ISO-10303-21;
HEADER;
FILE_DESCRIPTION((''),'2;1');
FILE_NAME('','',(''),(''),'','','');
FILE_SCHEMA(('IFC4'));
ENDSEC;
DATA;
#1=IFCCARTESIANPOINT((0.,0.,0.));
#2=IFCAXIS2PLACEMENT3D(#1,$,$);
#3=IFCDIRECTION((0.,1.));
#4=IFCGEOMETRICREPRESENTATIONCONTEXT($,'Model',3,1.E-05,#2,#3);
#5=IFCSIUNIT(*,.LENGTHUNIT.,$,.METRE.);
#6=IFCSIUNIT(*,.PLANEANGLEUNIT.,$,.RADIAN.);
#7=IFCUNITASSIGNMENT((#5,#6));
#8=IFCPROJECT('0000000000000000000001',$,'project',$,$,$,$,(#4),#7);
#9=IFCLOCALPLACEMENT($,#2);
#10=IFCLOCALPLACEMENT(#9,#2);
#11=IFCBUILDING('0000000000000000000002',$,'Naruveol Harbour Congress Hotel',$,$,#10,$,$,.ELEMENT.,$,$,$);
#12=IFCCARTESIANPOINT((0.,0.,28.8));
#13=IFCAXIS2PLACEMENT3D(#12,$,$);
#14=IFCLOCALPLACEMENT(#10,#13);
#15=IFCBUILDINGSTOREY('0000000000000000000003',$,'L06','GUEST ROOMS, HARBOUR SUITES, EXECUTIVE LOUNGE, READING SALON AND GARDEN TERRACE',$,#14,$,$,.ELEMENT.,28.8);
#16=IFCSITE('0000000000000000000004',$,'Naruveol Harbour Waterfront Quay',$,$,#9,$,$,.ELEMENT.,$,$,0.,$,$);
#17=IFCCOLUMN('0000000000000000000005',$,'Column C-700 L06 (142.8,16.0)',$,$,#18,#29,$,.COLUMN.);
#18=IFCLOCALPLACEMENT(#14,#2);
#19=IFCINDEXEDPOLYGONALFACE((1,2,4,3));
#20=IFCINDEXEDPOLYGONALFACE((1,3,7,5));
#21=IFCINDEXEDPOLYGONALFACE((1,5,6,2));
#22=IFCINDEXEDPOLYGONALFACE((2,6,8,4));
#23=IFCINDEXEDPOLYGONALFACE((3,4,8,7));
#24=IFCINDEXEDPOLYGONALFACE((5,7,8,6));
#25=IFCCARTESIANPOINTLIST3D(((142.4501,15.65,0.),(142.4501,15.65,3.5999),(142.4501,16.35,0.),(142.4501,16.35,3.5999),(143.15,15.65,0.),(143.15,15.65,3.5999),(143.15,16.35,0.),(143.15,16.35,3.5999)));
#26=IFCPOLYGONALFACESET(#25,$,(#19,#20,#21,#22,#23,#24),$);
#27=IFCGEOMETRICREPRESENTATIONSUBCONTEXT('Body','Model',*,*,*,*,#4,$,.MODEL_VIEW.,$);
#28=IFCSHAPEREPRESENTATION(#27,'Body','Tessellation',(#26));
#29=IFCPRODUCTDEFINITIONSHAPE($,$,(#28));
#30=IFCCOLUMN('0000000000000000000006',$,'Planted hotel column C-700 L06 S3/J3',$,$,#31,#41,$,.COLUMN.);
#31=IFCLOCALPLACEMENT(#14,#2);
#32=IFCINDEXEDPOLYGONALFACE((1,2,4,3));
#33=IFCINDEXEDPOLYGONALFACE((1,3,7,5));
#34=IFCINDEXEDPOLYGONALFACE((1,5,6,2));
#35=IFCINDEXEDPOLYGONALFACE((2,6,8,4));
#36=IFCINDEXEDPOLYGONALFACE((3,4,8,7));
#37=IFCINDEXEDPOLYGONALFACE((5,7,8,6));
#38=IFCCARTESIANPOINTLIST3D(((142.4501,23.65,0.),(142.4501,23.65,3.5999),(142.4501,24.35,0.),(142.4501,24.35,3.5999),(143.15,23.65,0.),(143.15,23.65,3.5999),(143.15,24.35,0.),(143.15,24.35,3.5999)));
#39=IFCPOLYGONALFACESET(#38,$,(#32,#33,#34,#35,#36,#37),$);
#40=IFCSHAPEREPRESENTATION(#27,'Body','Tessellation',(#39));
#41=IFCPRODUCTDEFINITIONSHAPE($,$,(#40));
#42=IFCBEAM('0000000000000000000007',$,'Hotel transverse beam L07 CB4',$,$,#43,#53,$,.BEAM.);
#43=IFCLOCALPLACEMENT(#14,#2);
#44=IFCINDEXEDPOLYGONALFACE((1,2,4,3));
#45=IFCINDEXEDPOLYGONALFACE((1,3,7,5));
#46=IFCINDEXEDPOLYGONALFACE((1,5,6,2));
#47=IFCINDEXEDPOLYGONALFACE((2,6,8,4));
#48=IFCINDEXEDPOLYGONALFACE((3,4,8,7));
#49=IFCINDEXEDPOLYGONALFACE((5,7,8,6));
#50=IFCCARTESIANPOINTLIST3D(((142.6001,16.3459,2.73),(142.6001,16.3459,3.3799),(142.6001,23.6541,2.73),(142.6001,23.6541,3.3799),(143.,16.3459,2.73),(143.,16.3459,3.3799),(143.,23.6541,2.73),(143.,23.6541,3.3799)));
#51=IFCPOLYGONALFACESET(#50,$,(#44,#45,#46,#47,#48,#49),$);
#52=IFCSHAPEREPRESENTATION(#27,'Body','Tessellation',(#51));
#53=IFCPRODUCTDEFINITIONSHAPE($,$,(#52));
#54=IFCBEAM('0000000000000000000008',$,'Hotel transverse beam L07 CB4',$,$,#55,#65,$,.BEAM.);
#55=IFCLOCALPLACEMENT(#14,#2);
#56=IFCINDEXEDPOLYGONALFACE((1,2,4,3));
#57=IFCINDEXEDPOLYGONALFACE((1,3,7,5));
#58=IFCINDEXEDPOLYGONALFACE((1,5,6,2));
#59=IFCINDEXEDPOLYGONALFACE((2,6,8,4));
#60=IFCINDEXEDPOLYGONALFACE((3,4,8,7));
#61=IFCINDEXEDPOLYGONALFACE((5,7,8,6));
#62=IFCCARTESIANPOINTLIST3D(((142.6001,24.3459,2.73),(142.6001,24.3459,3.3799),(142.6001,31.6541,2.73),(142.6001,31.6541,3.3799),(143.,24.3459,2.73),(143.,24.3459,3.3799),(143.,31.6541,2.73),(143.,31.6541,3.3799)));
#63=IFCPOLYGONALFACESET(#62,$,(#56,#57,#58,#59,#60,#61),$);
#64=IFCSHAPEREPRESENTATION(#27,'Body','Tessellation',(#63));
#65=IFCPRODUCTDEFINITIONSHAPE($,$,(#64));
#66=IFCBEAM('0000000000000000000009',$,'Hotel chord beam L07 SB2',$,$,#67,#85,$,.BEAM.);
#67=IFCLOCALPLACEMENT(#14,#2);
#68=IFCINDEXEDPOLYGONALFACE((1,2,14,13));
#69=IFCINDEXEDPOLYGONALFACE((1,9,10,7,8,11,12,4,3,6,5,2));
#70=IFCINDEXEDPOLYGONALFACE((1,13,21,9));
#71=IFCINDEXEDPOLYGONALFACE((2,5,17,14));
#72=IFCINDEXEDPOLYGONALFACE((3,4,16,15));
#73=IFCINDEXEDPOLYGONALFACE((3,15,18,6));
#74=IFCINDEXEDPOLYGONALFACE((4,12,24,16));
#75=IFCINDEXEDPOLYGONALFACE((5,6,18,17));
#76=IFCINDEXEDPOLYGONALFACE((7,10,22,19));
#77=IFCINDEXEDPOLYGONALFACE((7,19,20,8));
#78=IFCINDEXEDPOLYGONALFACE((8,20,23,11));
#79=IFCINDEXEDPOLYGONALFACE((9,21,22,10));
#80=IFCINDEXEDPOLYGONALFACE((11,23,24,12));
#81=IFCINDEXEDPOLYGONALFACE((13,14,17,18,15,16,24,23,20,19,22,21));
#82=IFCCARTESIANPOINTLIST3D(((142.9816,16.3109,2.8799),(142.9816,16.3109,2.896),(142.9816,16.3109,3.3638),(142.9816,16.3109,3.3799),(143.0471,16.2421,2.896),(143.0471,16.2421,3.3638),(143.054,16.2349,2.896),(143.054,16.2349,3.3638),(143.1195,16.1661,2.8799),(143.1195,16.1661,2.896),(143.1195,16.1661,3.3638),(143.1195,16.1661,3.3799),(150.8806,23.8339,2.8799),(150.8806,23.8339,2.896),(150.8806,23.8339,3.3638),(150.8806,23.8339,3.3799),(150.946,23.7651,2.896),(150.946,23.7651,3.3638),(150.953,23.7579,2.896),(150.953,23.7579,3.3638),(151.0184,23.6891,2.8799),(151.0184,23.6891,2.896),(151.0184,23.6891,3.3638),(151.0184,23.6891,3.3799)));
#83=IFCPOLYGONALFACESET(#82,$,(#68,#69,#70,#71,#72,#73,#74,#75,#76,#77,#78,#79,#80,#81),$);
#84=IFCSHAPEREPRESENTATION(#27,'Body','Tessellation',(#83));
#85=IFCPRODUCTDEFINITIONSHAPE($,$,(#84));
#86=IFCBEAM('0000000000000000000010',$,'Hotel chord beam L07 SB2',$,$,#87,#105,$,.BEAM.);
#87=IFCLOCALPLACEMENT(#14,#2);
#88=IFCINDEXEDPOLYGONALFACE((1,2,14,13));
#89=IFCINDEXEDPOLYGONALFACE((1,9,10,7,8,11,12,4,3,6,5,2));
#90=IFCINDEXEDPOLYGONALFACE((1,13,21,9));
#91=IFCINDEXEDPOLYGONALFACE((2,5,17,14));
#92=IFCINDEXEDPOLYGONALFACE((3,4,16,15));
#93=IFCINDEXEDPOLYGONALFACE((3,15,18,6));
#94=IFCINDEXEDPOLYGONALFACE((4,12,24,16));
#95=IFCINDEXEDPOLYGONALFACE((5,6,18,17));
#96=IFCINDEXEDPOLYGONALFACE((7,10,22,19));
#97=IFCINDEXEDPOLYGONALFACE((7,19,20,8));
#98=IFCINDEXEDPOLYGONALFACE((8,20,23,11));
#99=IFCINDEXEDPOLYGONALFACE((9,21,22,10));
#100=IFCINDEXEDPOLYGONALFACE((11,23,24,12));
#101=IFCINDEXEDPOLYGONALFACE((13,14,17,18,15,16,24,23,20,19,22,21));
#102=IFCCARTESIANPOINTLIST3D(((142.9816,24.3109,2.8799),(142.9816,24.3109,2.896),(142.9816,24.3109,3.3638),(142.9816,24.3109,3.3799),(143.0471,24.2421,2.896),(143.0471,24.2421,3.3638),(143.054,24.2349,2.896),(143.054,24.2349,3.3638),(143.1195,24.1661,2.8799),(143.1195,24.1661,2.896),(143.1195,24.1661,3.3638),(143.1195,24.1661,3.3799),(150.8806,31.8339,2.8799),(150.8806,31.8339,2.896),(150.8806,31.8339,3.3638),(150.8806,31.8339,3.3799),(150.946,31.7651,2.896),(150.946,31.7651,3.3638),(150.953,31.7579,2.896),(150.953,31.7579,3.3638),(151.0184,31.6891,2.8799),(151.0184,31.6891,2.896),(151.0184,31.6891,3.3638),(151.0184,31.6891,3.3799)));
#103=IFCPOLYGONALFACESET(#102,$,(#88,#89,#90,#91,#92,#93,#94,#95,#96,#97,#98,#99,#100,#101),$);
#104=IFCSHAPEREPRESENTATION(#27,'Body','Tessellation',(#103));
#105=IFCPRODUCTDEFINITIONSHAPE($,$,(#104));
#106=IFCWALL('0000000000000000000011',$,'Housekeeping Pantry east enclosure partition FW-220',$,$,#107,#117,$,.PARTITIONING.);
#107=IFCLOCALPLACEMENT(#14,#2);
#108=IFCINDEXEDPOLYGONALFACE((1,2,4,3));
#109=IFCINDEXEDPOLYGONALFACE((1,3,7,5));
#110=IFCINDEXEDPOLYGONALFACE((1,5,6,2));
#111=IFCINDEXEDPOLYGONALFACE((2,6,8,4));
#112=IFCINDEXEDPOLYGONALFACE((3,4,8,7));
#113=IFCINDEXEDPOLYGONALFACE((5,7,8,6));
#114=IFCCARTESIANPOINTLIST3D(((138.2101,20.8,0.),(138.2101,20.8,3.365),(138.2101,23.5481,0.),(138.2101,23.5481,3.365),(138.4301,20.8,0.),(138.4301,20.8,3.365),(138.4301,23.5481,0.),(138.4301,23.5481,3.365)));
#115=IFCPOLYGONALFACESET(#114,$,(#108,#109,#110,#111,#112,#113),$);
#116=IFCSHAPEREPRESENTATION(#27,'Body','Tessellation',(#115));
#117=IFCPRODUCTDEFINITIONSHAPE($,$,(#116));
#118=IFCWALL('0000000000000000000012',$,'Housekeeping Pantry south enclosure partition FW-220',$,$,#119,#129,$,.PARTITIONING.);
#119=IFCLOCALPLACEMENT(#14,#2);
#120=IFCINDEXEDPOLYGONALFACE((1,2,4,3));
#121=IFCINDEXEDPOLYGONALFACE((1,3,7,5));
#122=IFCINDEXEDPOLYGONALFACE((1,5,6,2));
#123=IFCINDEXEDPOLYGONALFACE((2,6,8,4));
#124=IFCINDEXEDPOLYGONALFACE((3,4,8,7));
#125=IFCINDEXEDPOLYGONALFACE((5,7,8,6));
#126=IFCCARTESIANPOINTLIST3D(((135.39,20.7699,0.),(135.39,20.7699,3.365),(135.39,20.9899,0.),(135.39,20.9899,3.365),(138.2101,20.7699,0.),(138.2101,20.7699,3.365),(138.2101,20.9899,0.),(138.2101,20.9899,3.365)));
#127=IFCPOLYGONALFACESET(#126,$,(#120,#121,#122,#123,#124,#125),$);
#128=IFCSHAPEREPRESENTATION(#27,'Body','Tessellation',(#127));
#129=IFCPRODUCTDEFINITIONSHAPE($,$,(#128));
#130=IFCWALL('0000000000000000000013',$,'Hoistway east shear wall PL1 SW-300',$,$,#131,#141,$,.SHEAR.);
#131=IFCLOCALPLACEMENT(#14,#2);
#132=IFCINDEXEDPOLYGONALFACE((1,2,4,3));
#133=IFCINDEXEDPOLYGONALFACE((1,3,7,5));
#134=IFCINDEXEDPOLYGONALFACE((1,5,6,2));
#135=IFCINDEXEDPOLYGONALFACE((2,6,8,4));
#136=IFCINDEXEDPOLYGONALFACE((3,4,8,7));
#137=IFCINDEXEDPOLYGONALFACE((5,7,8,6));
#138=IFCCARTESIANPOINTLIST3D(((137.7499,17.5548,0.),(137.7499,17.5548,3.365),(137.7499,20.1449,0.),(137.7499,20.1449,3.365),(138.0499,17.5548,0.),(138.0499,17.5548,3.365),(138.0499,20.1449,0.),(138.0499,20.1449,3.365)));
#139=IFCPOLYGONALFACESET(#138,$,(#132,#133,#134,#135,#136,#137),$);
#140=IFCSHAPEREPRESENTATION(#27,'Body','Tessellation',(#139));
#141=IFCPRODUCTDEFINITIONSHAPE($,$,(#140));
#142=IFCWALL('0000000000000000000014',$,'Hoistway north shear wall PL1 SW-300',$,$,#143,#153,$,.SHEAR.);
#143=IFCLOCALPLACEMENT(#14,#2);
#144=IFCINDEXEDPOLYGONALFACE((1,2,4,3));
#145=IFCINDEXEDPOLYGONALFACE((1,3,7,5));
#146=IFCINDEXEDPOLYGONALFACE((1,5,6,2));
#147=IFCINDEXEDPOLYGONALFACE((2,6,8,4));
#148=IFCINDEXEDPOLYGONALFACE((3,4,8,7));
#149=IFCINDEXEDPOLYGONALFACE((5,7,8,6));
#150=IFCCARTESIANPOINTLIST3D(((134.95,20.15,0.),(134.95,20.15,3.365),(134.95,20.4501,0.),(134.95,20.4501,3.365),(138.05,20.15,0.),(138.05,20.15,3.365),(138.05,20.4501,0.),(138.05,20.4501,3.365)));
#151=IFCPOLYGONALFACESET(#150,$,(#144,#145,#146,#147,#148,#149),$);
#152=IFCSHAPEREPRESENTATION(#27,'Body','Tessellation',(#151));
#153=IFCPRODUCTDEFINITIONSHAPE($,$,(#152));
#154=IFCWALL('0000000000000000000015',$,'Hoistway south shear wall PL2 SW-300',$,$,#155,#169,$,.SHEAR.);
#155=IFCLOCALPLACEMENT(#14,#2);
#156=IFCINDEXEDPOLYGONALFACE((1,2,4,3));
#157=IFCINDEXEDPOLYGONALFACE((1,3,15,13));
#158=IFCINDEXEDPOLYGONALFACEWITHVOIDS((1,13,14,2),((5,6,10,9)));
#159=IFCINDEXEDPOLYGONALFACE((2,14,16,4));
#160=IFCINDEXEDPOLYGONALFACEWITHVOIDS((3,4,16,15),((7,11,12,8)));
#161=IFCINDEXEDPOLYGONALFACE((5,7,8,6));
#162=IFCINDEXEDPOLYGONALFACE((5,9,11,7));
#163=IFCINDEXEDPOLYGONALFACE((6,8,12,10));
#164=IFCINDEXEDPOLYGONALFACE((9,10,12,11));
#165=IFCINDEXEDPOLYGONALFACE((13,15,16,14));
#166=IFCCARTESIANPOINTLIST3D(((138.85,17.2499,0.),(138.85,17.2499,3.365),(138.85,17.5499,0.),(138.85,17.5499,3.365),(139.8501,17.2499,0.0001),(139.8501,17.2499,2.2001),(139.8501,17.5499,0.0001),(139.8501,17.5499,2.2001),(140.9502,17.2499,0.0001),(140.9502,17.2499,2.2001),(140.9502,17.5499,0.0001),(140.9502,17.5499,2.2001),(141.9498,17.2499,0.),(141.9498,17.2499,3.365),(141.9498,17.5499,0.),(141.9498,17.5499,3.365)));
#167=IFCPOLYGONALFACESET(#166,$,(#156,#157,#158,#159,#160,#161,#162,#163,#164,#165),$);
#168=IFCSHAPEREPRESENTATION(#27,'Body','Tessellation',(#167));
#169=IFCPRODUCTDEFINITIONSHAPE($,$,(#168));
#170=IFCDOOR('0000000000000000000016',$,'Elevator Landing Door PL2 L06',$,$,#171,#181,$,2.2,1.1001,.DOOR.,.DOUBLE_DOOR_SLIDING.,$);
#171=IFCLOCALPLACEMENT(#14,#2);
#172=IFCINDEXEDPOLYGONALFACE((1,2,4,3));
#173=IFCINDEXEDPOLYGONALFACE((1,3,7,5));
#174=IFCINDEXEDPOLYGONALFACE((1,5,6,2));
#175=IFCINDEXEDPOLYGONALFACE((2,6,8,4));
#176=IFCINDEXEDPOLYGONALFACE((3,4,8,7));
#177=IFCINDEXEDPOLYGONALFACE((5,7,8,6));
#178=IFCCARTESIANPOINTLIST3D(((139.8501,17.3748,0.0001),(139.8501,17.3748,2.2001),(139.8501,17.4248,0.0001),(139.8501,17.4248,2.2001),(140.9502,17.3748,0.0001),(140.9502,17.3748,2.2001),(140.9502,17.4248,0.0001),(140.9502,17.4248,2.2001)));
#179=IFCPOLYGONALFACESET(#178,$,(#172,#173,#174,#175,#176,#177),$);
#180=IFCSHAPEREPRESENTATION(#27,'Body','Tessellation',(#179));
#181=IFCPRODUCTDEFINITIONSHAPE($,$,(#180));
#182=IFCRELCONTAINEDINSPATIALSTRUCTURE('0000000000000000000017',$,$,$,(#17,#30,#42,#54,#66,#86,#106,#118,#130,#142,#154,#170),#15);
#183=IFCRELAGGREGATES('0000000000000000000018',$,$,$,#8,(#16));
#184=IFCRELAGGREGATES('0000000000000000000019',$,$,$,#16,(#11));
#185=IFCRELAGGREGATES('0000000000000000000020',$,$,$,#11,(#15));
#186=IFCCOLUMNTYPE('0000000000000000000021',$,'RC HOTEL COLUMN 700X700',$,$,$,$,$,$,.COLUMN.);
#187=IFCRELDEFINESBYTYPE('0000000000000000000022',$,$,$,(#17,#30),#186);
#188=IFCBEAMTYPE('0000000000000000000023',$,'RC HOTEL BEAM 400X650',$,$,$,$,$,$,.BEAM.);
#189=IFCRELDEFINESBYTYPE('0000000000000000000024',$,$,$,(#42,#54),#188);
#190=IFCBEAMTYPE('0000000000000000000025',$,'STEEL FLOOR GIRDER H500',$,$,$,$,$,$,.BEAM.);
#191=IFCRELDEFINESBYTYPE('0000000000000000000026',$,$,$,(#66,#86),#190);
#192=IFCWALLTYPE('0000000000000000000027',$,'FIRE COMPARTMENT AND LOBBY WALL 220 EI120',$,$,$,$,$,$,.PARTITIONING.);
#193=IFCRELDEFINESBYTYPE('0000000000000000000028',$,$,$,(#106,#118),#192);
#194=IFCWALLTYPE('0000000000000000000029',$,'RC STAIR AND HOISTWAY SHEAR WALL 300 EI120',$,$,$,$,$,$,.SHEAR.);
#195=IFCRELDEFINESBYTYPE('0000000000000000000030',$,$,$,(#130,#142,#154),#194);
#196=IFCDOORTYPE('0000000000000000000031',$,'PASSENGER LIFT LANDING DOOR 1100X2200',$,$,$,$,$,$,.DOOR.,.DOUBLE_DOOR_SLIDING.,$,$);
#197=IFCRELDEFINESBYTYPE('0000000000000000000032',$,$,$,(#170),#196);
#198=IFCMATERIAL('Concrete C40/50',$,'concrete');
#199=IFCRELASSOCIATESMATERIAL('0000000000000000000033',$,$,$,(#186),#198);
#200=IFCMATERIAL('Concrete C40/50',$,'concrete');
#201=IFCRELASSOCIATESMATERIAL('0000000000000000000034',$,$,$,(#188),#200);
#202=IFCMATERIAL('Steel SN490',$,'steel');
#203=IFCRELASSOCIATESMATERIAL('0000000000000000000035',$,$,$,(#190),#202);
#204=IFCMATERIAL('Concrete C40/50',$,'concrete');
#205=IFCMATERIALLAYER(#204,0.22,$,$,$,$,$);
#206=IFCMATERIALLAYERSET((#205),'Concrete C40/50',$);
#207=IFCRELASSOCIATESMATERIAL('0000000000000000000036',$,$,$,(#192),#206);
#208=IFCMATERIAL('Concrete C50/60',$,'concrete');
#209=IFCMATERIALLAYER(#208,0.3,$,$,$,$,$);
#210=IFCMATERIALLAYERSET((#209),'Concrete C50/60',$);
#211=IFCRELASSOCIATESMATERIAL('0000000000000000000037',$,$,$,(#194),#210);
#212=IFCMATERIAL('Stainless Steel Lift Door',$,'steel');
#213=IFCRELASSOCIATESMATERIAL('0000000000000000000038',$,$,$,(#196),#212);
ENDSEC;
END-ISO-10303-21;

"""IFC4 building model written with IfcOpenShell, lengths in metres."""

from ifc_helpers import new_model, si_unit, direction, frame, frame_2d, origin, origin_2d, place, context, subcontext, project, spatial, rectangle, i_section, extrude, material, layer, layer_set, material_profile, profile_set, type_object, element, fill, save


model = new_model("IFC4")

# Units and contexts
model_context = context("Model", 3, precision=1e-05, world=origin(), true_north=direction((0.0, 1.0)))
body_context = subcontext(model_context, "Body", "Model", "MODEL_VIEW")
ifc_project = project(units=[si_unit("LENGTHUNIT", "METRE"), si_unit("PLANEANGLEUNIT", "RADIAN")], contexts=[model_context])

# Site, building, storey
site_placement = place(None, origin())
site = spatial("IfcSite", under=ifc_project, at=site_placement, Name="Naruveol Harbour Waterfront Quay", CompositionType="ELEMENT", RefElevation=0.0)
building_placement = place(site_placement, origin())
building = spatial("IfcBuilding", under=site, at=building_placement, Name="Naruveol Harbour Congress Hotel", CompositionType="ELEMENT")
storey_placement = place(building_placement, frame((0.0, 0.0, 28.8)))
storey = spatial("IfcBuildingStorey", under=building, at=storey_placement, Name="L06", Description="GUEST ROOMS, HARBOUR SUITES, EXECUTIVE LOUNGE, READING SALON AND GARDEN TERRACE", CompositionType="ELEMENT", Elevation=28.8)

# Columns
ifc_material_1 = material(Name="Concrete C40/50", Category="concrete")
ifc_material_profile_1 = material_profile(ifc_material_1, rectangle(XDim=0.7, YDim=0.7, at=origin_2d()), Name="RC-700x700")
ifc_profile_set_1 = profile_set([ifc_material_profile_1], Name="Concrete C40/50")
column_type = type_object("IfcColumnType", Name="RC HOTEL COLUMN 700X700", PredefinedType="COLUMN", material=ifc_profile_set_1)
for number, where, z_axis, x_axis, name in (
    (1, (142.8, 16.0, 0.0), (0.0, 0.0, 1.0), (1.0, 0.0, 0.0), "Column C-700 L06 (142.8,16.0)"),
    (2, (142.8, 24.0, 0.0), (0.0, 0.0, 1.0), (1.0, 0.0, 0.0), "Planted hotel column C-700 L06 S3/J3"),
):
    element("IfcColumn", number, at=place(storey_placement, frame(where, z_axis=z_axis, x_axis=x_axis)), inside=storey, type_object=column_type, Name=name, PredefinedType="COLUMN", context=body_context, shape_type="SweptSolid", body=[
        extrude(rectangle(XDim=0.7, YDim=0.7, at=origin_2d()), origin(), (0.0, 0.0, 1.0), 3.5999),
    ])

# Beams
ifc_material_2 = material(Name="Concrete C40/50", Category="concrete")
ifc_material_profile_2 = material_profile(ifc_material_2, rectangle(XDim=0.3999, YDim=0.6499, at=origin_2d()), Name="RCB-400x650")
ifc_profile_set_2 = profile_set([ifc_material_profile_2], Name="Concrete C40/50")
beam_type_1 = type_object("IfcBeamType", Name="RC HOTEL BEAM 400X650", PredefinedType="BEAM", material=ifc_profile_set_2)
for number, where, z_axis, x_axis, name in (
    (3, (142.8, 16.3459, 3.0549), (0.0, 1.0, 0.0), (-1.0, 0.0, 0.0), "Hotel transverse beam L07 CB4"),
    (4, (142.8, 24.3459, 3.0549), (0.0, 1.0, 0.0), (-1.0, 0.0, 0.0), "Hotel transverse beam L07 CB4"),
):
    element("IfcBeam", number, at=place(storey_placement, frame(where, z_axis=z_axis, x_axis=x_axis)), inside=storey, type_object=beam_type_1, Name=name, PredefinedType="BEAM", context=body_context, shape_type="SweptSolid", body=[
        extrude(rectangle(XDim=0.3999, YDim=0.6499, at=origin_2d()), origin(), (0.0, 0.0, 1.0), 7.3081),
    ])
ifc_material_3 = material(Name="Steel SN490", Category="steel")
ifc_material_profile_3 = material_profile(ifc_material_3, i_section(OverallWidth=0.2, OverallDepth=0.5, WebThickness=0.01, FlangeThickness=0.0161, at=origin_2d()), Name="H-500x200x10x16")
ifc_profile_set_3 = profile_set([ifc_material_profile_3], Name="Steel SN490")
beam_type_2 = type_object("IfcBeamType", Name="STEEL FLOOR GIRDER H500", PredefinedType="BEAM", material=ifc_profile_set_3)
for number, where, z_axis, x_axis, name in (
    (5, (143.0505, 16.2385, 3.1299), (0.72413, 0.689663, 0.0), (-0.689663, 0.72413, 0.0), "Hotel chord beam L07 SB2"),
    (6, (143.0505, 24.2385, 3.1299), (0.72413, 0.689663, 0.0), (-0.689663, 0.72413, 0.0), "Hotel chord beam L07 SB2"),
):
    element("IfcBeam", number, at=place(storey_placement, frame(where, z_axis=z_axis, x_axis=x_axis)), inside=storey, type_object=beam_type_2, Name=name, PredefinedType="BEAM", context=body_context, shape_type="SweptSolid", body=[
        extrude(i_section(OverallWidth=0.2, OverallDepth=0.5, WebThickness=0.01, FlangeThickness=0.0161, at=origin_2d()), origin(), (0.0, 0.0, 1.0), 10.9082),
    ])

# Walls
ifc_material_4 = material(Name="Concrete C40/50", Category="concrete")
ifc_layer_1 = layer(ifc_material_4, 0.22)
ifc_layer_set_1 = layer_set([ifc_layer_1], Name="Concrete C40/50")
wall_type_1 = type_object("IfcWallType", Name="FIRE COMPARTMENT AND LOBBY WALL 220 EI120", PredefinedType="PARTITIONING", material=ifc_layer_set_1)
wall_1_placement = place(storey_placement, frame((138.3201, 20.8, 0.0), z_axis=(0.0, 0.0, 1.0), x_axis=(0.0, 1.0, 0.0)))
element("IfcWall", 7, at=wall_1_placement, inside=storey, type_object=wall_type_1, Name="Housekeeping Pantry east enclosure partition FW-220", PredefinedType="PARTITIONING", context=body_context, shape_type="SweptSolid", body=[
    extrude(rectangle(XDim=2.748, YDim=0.22, at=frame_2d((1.374, 0.0))), origin(), (0.0, 0.0, 1.0), 3.365),
])
wall_2_placement = place(storey_placement, frame((135.3899, 20.8799, 0.0), z_axis=(0.0, 0.0, 1.0), x_axis=(1.0, 0.0, 0.0)))
element("IfcWall", 8, at=wall_2_placement, inside=storey, type_object=wall_type_1, Name="Housekeeping Pantry south enclosure partition FW-220", PredefinedType="PARTITIONING", context=body_context, shape_type="SweptSolid", body=[
    extrude(rectangle(XDim=2.8201, YDim=0.22, at=frame_2d((1.4102, 0.0))), origin(), (0.0, 0.0, 1.0), 3.365),
])
ifc_material_5 = material(Name="Concrete C50/60", Category="concrete")
ifc_layer_2 = layer(ifc_material_5, 0.3)
ifc_layer_set_2 = layer_set([ifc_layer_2], Name="Concrete C50/60")
wall_type_2 = type_object("IfcWallType", Name="RC STAIR AND HOISTWAY SHEAR WALL 300 EI120", PredefinedType="SHEAR", material=ifc_layer_set_2)
wall_3_placement = place(storey_placement, frame((137.8999, 17.5549, 0.0), z_axis=(0.0, 0.0, 1.0), x_axis=(0.0, 1.0, 0.0)))
element("IfcWall", 9, at=wall_3_placement, inside=storey, type_object=wall_type_2, Name="Hoistway east shear wall PL1 SW-300", PredefinedType="SHEAR", context=body_context, shape_type="SweptSolid", body=[
    extrude(rectangle(XDim=2.5901, YDim=0.3, at=frame_2d((1.2949, 0.0))), origin(), (0.0, 0.0, 1.0), 3.365),
])
wall_4_placement = place(storey_placement, frame((138.05, 20.3, 0.0), z_axis=(0.0, 0.0, 1.0), x_axis=(-1.0, 0.0, 0.0)))
element("IfcWall", 10, at=wall_4_placement, inside=storey, type_object=wall_type_2, Name="Hoistway north shear wall PL1 SW-300", PredefinedType="SHEAR", context=body_context, shape_type="SweptSolid", body=[
    extrude(rectangle(XDim=3.1001, YDim=0.3, at=frame_2d((1.55, 0.0))), origin(), (0.0, 0.0, 1.0), 3.365),
])

# Wall, opening, door
wall_5_placement = place(storey_placement, frame((138.8501, 17.3999, 0.0), z_axis=(0.0, 0.0, 1.0), x_axis=(1.0, 0.0, 0.0)))
wall_5 = element("IfcWall", 11, at=wall_5_placement, inside=storey, type_object=wall_type_2, Name="Hoistway south shear wall PL2 SW-300", PredefinedType="SHEAR", context=body_context, shape_type="SweptSolid", body=[
    extrude(rectangle(XDim=3.0999, YDim=0.3, at=frame_2d((1.5498, 0.0))), origin(), (0.0, 0.0, 1.0), 3.365),
])
opening_1_placement = place(wall_5_placement, frame((1.0, 0.0, 0.0)))
opening_1 = element("IfcOpeningElement", 12, at=opening_1_placement, cuts=wall_5, PredefinedType="OPENING", context=body_context, shape_type="SweptSolid", body=[
    extrude(rectangle(XDim=1.1001, YDim=2.2, at=frame_2d((0.55, 1.1001))), frame((0.0, 0.1599, 0.0), z_axis=(0.0, -1.0, 0.0), x_axis=(1.0, 0.0, 0.0)), (0.0, 0.0, 1.0), 0.3201),
])
ifc_material_6 = material(Name="Stainless Steel Lift Door", Category="steel")
door_type_1 = type_object("IfcDoorType", Name="PASSENGER LIFT LANDING DOOR 1100X2200", OperationType="DOUBLE_DOOR_SLIDING", PredefinedType="DOOR", material=ifc_material_6)
door_1_placement = place(opening_1_placement, origin())
door_1 = element("IfcDoor", 13, at=door_1_placement, inside=storey, type_object=door_type_1, Name="Elevator Landing Door PL2 L06", OperationType="DOUBLE_DOOR_SLIDING", OverallHeight=2.2, OverallWidth=1.1001, PredefinedType="DOOR", context=body_context, shape_type="SweptSolid", body=[
    extrude(rectangle(XDim=1.1001, YDim=2.2, at=frame_2d((0.55, 1.1001))), frame((0.0, 0.0249, 0.0), z_axis=(0.0, -1.0, 0.0), x_axis=(1.0, 0.0, 0.0)), (0.0, 0.0, 1.0), 0.05),
])
fill(opening_1, door_1)

save(model, "model.ifc")
